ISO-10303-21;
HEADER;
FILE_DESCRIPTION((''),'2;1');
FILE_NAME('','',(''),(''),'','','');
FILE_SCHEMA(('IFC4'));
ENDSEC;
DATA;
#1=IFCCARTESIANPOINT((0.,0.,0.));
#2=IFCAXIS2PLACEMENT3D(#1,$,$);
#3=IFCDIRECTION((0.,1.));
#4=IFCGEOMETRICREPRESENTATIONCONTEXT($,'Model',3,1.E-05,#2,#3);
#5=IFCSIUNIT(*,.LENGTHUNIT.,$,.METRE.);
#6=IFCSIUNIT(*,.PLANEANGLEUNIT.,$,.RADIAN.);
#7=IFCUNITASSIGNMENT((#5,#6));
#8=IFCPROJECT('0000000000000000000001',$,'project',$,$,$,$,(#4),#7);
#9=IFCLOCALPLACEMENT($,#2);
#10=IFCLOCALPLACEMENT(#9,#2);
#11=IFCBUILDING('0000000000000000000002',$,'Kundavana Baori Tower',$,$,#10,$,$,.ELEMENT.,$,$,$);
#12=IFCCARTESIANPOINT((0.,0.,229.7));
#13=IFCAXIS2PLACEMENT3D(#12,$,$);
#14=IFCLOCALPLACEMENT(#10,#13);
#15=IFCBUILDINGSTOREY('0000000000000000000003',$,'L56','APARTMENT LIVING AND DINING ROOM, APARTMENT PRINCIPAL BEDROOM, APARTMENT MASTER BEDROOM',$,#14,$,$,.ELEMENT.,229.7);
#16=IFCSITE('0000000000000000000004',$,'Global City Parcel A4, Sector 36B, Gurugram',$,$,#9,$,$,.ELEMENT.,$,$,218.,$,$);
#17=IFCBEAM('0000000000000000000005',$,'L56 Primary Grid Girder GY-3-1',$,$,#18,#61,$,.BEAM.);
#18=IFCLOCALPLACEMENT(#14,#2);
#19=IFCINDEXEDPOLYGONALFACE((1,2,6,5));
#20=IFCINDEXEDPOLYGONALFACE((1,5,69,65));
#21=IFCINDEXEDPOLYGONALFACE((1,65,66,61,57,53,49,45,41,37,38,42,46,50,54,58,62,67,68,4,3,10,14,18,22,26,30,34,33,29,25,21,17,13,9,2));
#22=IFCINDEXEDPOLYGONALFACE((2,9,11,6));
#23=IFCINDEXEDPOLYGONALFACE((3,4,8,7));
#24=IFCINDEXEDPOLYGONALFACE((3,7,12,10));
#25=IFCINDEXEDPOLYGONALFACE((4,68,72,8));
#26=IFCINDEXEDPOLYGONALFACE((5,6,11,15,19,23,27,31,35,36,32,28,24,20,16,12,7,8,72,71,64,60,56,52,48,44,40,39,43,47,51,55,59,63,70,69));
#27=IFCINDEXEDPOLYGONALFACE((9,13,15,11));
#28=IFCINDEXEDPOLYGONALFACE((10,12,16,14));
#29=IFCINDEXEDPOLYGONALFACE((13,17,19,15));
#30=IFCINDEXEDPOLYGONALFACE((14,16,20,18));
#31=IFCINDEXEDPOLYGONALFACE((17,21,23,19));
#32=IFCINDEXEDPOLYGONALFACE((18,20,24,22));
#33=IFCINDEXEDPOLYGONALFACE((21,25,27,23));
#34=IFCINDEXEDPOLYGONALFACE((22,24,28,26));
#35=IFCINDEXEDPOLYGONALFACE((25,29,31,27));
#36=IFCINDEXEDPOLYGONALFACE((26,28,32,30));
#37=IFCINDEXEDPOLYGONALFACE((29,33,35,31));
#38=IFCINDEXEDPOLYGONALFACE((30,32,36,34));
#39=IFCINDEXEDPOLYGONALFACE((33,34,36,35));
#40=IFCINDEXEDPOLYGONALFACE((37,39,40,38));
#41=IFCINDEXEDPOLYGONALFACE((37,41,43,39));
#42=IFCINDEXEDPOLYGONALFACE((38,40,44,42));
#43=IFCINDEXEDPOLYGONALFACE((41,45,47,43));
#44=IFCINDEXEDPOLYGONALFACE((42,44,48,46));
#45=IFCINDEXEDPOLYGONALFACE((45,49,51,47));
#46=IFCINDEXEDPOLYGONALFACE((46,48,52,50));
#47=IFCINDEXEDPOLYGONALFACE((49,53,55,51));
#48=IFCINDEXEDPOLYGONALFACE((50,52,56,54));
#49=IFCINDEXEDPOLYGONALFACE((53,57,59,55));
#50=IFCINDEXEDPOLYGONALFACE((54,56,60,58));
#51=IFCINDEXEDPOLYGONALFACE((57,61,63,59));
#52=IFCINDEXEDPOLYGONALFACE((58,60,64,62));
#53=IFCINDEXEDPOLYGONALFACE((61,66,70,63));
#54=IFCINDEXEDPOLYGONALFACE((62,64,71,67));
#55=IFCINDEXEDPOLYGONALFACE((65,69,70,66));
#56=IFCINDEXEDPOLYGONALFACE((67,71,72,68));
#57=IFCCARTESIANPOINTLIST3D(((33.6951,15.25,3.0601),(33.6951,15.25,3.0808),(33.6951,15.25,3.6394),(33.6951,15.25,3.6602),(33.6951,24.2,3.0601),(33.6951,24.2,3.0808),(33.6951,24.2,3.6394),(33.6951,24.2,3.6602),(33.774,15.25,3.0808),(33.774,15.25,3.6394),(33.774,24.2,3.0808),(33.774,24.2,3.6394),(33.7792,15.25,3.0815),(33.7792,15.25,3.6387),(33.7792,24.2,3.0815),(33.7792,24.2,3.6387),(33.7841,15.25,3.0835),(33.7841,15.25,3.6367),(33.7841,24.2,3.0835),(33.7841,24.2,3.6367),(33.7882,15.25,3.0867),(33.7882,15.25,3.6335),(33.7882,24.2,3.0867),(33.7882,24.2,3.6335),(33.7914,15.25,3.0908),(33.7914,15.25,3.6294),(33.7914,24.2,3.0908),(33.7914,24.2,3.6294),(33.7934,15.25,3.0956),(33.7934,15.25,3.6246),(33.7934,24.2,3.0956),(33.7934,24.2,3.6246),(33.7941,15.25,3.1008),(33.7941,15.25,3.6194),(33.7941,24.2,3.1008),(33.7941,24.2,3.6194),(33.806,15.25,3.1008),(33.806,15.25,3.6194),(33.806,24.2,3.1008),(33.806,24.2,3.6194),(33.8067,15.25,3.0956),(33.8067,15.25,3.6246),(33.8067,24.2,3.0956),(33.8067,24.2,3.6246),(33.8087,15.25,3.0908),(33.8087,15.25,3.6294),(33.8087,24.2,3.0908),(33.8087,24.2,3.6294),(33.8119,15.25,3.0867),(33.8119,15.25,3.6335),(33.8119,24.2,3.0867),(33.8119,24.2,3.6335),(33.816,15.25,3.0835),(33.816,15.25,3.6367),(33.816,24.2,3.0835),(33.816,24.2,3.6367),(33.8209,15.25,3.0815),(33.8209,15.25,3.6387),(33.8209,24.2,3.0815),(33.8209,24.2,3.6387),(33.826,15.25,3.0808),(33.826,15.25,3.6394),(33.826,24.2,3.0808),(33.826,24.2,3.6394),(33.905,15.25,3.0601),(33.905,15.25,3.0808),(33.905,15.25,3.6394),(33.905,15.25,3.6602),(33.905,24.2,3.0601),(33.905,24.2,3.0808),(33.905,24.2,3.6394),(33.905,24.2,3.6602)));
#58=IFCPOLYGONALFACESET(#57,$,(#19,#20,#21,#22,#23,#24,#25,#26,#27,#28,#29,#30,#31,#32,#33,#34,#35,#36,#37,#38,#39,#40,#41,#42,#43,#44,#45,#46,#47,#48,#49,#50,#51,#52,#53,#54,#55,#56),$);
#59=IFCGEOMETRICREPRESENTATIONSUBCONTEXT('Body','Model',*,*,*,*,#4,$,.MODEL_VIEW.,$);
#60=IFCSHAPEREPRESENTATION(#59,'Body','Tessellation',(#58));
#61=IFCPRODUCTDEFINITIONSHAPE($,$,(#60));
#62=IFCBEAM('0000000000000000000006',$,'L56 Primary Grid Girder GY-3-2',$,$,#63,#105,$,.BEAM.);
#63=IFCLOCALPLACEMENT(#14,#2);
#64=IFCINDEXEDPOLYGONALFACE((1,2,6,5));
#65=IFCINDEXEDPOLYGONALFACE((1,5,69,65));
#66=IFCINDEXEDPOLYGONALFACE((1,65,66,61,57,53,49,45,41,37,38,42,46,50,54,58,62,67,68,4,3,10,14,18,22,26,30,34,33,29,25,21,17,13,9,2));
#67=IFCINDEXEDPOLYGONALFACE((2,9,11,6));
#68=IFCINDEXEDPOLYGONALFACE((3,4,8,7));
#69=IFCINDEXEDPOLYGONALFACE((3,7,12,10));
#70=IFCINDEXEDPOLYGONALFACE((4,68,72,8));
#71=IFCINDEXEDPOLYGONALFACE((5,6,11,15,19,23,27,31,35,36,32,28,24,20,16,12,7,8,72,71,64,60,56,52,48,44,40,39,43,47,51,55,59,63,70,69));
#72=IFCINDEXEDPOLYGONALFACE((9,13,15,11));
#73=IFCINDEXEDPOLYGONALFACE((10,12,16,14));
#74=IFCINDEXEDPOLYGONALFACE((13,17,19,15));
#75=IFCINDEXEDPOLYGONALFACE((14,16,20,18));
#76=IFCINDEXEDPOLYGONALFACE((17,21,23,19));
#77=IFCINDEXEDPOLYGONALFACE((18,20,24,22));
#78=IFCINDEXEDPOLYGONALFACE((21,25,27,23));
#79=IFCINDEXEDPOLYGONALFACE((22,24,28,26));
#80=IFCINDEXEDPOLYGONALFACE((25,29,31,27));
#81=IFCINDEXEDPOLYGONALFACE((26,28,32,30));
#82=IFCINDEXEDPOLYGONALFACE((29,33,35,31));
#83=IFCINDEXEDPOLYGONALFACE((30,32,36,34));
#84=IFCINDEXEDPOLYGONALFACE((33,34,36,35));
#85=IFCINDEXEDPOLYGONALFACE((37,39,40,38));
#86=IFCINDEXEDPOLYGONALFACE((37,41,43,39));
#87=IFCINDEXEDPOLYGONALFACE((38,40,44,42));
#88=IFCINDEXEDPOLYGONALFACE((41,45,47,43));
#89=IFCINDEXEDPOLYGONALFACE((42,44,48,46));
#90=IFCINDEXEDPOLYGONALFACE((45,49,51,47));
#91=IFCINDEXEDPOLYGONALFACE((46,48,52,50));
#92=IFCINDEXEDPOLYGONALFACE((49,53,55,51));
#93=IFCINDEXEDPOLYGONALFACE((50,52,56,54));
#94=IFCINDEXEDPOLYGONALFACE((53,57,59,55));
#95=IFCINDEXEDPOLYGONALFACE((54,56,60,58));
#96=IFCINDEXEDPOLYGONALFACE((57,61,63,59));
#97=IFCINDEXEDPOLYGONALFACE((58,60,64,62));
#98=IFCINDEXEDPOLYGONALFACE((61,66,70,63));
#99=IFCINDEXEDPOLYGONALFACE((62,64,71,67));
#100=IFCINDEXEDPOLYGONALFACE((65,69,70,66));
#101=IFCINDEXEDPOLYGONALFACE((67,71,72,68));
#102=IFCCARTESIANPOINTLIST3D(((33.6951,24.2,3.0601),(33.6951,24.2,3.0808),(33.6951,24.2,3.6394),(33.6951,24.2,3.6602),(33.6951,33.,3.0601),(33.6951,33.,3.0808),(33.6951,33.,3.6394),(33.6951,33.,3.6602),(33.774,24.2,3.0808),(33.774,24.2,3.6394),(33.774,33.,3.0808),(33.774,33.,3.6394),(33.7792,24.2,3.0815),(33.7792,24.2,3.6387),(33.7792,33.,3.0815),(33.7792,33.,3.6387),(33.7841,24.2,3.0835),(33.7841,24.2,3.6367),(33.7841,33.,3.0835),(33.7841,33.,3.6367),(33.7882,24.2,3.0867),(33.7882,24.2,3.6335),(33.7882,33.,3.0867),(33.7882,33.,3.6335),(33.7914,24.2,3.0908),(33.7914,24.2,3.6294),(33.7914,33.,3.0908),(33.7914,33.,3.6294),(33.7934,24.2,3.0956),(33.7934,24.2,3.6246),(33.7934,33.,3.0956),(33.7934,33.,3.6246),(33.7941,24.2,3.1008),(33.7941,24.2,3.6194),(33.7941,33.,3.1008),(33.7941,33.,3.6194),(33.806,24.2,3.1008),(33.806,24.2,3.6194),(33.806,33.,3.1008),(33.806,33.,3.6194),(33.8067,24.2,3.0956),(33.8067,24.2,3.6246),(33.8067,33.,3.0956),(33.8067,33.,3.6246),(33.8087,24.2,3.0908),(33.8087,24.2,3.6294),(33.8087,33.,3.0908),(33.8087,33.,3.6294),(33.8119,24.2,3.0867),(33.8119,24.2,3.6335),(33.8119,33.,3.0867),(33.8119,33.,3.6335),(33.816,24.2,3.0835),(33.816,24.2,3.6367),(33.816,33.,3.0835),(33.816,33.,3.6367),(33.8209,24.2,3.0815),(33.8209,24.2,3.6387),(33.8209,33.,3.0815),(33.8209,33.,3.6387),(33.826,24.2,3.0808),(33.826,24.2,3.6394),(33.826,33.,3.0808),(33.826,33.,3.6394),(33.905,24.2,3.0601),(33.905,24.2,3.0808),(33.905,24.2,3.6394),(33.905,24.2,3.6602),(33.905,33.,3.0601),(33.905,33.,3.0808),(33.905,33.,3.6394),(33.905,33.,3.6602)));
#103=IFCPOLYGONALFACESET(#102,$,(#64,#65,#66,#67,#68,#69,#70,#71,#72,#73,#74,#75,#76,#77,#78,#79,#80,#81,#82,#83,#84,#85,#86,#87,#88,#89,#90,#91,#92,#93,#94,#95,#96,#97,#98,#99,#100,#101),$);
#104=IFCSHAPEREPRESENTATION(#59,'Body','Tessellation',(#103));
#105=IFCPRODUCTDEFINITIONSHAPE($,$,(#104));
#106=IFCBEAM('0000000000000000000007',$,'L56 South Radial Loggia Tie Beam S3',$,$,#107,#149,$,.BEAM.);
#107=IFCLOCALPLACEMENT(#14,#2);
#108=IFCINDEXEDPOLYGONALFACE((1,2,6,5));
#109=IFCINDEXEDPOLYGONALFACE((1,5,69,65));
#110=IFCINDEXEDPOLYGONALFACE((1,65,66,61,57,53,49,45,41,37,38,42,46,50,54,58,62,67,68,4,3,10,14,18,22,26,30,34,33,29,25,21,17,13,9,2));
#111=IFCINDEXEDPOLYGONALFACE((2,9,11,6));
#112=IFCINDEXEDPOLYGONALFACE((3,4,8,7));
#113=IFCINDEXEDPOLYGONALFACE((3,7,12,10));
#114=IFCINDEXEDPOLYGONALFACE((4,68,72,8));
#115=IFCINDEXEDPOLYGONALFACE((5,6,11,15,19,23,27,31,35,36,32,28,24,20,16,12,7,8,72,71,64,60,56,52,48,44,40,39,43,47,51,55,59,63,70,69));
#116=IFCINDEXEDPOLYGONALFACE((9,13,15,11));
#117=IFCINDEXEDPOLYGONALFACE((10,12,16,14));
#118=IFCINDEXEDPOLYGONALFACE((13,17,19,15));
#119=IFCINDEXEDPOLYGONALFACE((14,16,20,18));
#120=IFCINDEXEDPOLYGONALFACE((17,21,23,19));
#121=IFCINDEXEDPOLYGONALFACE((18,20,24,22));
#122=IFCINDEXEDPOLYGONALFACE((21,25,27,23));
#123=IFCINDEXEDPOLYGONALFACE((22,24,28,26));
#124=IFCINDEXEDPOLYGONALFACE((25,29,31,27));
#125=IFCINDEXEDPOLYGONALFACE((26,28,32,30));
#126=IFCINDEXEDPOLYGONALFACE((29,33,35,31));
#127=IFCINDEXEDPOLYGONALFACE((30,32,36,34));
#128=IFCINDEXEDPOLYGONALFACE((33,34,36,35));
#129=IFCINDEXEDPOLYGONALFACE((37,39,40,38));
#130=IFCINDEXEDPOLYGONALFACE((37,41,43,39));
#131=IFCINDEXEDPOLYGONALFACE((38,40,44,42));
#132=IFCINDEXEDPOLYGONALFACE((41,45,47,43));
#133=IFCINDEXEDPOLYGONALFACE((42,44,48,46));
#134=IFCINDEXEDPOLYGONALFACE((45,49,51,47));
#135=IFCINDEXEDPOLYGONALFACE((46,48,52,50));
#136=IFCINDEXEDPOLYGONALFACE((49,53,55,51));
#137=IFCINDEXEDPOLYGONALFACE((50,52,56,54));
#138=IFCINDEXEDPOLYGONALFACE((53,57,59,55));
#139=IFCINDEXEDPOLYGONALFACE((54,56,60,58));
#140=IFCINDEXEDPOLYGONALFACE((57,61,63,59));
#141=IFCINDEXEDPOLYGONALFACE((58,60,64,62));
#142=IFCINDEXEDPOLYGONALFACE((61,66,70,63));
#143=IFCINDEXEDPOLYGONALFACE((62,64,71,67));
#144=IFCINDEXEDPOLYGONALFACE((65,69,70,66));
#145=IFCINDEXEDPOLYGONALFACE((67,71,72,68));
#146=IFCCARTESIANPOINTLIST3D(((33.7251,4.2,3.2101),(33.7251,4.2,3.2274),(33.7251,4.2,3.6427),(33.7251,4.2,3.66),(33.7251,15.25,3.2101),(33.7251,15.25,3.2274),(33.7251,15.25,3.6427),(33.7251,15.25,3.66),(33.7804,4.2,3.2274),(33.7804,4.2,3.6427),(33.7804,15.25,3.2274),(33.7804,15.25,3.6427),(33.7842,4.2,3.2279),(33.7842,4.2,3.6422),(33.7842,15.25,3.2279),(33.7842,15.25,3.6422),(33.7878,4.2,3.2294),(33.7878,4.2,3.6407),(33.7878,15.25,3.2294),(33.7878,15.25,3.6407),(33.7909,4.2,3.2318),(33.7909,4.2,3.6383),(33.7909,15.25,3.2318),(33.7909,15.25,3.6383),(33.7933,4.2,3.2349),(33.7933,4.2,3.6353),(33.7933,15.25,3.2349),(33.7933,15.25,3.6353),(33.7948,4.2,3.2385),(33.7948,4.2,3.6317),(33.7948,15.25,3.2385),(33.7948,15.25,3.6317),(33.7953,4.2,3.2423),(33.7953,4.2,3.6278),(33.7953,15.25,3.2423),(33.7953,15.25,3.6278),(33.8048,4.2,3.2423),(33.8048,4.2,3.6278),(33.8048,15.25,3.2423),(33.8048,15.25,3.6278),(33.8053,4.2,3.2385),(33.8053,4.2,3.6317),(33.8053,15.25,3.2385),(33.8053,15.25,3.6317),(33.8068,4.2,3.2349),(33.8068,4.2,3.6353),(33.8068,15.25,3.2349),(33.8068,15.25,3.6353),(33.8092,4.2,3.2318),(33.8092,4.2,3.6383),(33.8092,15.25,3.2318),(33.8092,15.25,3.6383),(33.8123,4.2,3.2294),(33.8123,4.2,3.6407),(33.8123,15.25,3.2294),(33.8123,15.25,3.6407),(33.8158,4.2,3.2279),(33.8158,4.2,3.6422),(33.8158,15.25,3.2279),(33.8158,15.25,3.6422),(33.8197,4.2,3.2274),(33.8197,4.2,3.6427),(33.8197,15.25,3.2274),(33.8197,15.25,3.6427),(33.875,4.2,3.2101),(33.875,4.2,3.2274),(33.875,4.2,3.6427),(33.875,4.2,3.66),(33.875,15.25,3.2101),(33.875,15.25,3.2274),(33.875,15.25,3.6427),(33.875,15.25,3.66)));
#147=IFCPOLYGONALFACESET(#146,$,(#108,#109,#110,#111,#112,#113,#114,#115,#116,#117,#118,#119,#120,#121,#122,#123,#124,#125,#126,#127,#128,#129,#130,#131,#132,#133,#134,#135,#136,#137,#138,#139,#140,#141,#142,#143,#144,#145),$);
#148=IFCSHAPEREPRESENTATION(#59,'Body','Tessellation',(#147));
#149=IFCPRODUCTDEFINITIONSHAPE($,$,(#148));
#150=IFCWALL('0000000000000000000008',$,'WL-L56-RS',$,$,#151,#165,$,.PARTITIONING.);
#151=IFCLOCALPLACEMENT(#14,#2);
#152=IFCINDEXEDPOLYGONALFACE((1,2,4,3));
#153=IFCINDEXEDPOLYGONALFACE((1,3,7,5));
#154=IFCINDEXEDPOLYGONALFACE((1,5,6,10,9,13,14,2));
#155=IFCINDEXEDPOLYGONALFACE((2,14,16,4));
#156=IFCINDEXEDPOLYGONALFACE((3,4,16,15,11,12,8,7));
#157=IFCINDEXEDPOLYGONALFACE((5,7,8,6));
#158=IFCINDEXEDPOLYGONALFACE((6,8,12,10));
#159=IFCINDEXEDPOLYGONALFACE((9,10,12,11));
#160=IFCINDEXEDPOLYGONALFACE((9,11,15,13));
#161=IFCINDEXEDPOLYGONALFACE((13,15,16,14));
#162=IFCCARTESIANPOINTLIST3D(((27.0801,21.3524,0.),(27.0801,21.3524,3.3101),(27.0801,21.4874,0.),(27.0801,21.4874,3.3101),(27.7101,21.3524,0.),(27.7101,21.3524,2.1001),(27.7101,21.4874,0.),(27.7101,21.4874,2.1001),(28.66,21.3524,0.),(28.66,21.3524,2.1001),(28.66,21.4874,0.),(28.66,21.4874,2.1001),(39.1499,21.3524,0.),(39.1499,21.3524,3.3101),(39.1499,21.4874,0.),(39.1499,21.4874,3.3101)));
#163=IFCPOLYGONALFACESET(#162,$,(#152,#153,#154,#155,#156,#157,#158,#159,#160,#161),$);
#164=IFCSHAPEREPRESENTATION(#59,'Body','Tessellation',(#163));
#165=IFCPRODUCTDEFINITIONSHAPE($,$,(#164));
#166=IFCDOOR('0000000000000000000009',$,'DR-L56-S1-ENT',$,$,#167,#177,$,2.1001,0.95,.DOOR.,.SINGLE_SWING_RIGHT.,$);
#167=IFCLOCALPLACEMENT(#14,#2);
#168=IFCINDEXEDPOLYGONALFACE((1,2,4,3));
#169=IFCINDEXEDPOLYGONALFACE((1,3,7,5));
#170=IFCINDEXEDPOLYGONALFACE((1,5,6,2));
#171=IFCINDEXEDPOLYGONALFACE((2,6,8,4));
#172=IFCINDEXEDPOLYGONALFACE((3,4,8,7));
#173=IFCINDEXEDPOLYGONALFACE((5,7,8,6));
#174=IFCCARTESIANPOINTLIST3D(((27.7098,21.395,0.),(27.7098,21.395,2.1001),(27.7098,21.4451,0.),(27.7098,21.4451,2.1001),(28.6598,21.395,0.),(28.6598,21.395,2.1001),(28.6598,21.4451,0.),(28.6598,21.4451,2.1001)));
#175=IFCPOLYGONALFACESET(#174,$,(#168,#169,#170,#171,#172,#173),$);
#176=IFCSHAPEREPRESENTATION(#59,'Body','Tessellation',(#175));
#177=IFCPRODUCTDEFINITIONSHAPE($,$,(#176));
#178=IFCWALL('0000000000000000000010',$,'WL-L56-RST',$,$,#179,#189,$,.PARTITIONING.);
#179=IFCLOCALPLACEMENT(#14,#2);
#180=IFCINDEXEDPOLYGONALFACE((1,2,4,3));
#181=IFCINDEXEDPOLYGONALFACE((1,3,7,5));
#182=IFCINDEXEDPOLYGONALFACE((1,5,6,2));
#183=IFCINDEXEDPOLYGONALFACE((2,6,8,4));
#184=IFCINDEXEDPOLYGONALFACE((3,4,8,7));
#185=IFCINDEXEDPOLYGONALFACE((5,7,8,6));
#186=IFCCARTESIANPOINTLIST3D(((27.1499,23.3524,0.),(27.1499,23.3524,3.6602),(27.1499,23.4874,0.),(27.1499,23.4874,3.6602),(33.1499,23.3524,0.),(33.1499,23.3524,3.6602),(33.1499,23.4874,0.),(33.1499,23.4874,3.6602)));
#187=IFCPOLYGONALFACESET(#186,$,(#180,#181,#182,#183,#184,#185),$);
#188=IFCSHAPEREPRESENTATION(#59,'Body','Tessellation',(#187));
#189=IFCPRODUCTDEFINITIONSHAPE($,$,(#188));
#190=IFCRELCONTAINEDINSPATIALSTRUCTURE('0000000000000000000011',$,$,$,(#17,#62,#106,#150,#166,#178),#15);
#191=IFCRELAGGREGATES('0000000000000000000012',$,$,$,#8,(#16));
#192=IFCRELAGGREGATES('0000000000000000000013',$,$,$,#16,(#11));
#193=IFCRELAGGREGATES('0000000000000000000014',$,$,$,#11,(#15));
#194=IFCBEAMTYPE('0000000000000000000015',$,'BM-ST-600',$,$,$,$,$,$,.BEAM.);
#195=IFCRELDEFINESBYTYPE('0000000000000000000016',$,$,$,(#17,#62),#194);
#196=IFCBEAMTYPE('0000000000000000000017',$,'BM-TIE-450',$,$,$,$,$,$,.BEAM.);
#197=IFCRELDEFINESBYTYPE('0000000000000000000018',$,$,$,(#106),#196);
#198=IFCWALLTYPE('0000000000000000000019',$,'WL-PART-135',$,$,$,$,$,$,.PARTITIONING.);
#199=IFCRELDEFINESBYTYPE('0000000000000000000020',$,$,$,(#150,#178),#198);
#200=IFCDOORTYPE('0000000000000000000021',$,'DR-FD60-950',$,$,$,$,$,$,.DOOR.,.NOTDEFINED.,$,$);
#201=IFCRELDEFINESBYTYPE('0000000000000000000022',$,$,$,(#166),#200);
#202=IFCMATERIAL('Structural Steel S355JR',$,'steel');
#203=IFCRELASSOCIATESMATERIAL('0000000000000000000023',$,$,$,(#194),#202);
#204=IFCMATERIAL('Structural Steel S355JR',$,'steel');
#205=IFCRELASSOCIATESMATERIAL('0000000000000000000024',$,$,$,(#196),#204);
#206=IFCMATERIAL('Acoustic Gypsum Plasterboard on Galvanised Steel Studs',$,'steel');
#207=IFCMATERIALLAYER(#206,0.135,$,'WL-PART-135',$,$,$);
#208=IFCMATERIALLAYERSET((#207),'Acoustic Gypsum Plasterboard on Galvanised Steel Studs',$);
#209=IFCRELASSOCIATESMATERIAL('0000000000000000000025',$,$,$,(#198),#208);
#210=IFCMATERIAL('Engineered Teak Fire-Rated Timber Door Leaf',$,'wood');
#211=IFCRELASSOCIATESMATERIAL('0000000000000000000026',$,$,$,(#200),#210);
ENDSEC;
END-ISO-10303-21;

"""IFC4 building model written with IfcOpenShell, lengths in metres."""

from ifc_helpers import new_model, si_unit, direction, frame, frame_2d, origin, origin_2d, place, context, subcontext, project, spatial, rectangle, i_section, extrude, material, layer, layer_set, material_profile, profile_set, type_object, element, fill, save


model = new_model("IFC4")

# Units and contexts
model_context = context("Model", 3, precision=1e-05, world=origin(), true_north=direction((0.0, 1.0)))
body_context = subcontext(model_context, "Body", "Model", "MODEL_VIEW")
ifc_project = project(units=[si_unit("LENGTHUNIT", "METRE"), si_unit("PLANEANGLEUNIT", "RADIAN")], contexts=[model_context])

# Site, building, storey
site_placement = place(None, origin())
site = spatial("IfcSite", under=ifc_project, at=site_placement, Name="Global City Parcel A4, Sector 36B, Gurugram", CompositionType="ELEMENT", RefElevation=218.0)
building_placement = place(site_placement, origin())
building = spatial("IfcBuilding", under=site, at=building_placement, Name="Kundavana Baori Tower", CompositionType="ELEMENT")
storey_placement = place(building_placement, frame((0.0, 0.0, 229.7)))
storey = spatial("IfcBuildingStorey", under=building, at=storey_placement, Name="L56", Description="APARTMENT LIVING AND DINING ROOM, APARTMENT PRINCIPAL BEDROOM, APARTMENT MASTER BEDROOM", CompositionType="ELEMENT", Elevation=229.7)

# Beams
ifc_material_1 = material(Name="Structural Steel S355JR", Category="steel")
ifc_material_profile_1 = material_profile(ifc_material_1, i_section(OverallWidth=0.21, OverallDepth=0.6001, WebThickness=0.012, FlangeThickness=0.0208, FilletRadius=0.02, at=origin_2d()), Name="ISMB 600")
ifc_profile_set_1 = profile_set([ifc_material_profile_1], Name="Structural Steel S355JR")
beam_type_1 = type_object("IfcBeamType", Name="BM-ST-600", PredefinedType="BEAM", material=ifc_profile_set_1)
beam_1_placement = place(storey_placement, frame((33.8, 15.25, 3.3601), z_axis=(0.0, 1.0, 0.0), x_axis=(-1.0, 0.0, 0.0)))
element("IfcBeam", 1, at=beam_1_placement, inside=storey, type_object=beam_type_1, Name="L56 Primary Grid Girder GY-3-1", PredefinedType="BEAM", context=body_context, shape_type="SweptSolid", body=[
    extrude(i_section(OverallWidth=0.21, OverallDepth=0.6001, WebThickness=0.012, FlangeThickness=0.0208, FilletRadius=0.02, at=origin_2d()), origin(), (0.0, 0.0, 1.0), 8.95),
])
beam_2_placement = place(storey_placement, frame((33.8, 24.2, 3.3601), z_axis=(0.0, 1.0, 0.0), x_axis=(-1.0, 0.0, 0.0)))
element("IfcBeam", 2, at=beam_2_placement, inside=storey, type_object=beam_type_1, Name="L56 Primary Grid Girder GY-3-2", PredefinedType="BEAM", context=body_context, shape_type="SweptSolid", body=[
    extrude(i_section(OverallWidth=0.21, OverallDepth=0.6001, WebThickness=0.012, FlangeThickness=0.0208, FilletRadius=0.02, at=origin_2d()), origin(), (0.0, 0.0, 1.0), 8.8),
])
ifc_material_2 = material(Name="Structural Steel S355JR", Category="steel")
ifc_material_profile_2 = material_profile(ifc_material_2, i_section(OverallWidth=0.1499, OverallDepth=0.45, WebThickness=0.0095, FlangeThickness=0.0173, FilletRadius=0.0149, at=origin_2d()), Name="ISMB 450")
ifc_profile_set_2 = profile_set([ifc_material_profile_2], Name="Structural Steel S355JR")
beam_type_2 = type_object("IfcBeamType", Name="BM-TIE-450", PredefinedType="BEAM", material=ifc_profile_set_2)
beam_3_placement = place(storey_placement, frame((33.8, 15.25, 3.4351), z_axis=(0.0, -1.0, 0.0), x_axis=(1.0, 0.0, 0.0)))
element("IfcBeam", 3, at=beam_3_placement, inside=storey, type_object=beam_type_2, Name="L56 South Radial Loggia Tie Beam S3", PredefinedType="BEAM", context=body_context, shape_type="SweptSolid", body=[
    extrude(i_section(OverallWidth=0.1499, OverallDepth=0.45, WebThickness=0.0095, FlangeThickness=0.0173, FilletRadius=0.0149, at=origin_2d()), origin(), (0.0, 0.0, 1.0), 11.05),
])

# Wall, opening, door
ifc_material_3 = material(Name="Acoustic Gypsum Plasterboard on Galvanised Steel Studs", Category="steel")
ifc_layer = layer(ifc_material_3, 0.135, Name="WL-PART-135")
ifc_layer_set = layer_set([ifc_layer], Name="Acoustic Gypsum Plasterboard on Galvanised Steel Studs")
wall_type = type_object("IfcWallType", Name="WL-PART-135", PredefinedType="PARTITIONING", material=ifc_layer_set)
wall_1_placement = place(storey_placement, frame((27.0801, 21.4199, 0.0), z_axis=(0.0, 0.0, 1.0), x_axis=(1.0, 0.0, 0.0)))
wall_1 = element("IfcWall", 4, at=wall_1_placement, inside=storey, type_object=wall_type, Name="WL-L56-RS", PredefinedType="PARTITIONING", context=body_context, shape_type="SweptSolid", body=[
    extrude(rectangle(XDim=12.0698, YDim=0.135, at=frame_2d((6.0349, 0.0))), origin(), (0.0, 0.0, 1.0), 3.3101),
])
opening_1_placement = place(wall_1_placement, frame((0.6299, 0.0, 0.0)))
opening_1 = element("IfcOpeningElement", 5, at=opening_1_placement, cuts=wall_1, PredefinedType="OPENING", context=body_context, shape_type="SweptSolid", body=[
    extrude(rectangle(XDim=0.95, YDim=2.1001, at=frame_2d((0.4751, 1.05))), frame((0.0, 0.0776, 0.0), z_axis=(0.0, -1.0, 0.0), x_axis=(1.0, 0.0, 0.0)), (0.0, 0.0, 1.0), 0.155),
])
ifc_material_4 = material(Name="Engineered Teak Fire-Rated Timber Door Leaf", Category="wood")
door_type_1 = type_object("IfcDoorType", Name="DR-FD60-950", OperationType="NOTDEFINED", PredefinedType="DOOR", material=ifc_material_4)
door_1_placement = place(opening_1_placement, frame((0.95, 0.0, 0.0), z_axis=(0.0, 0.0, 1.0), x_axis=(-1.0, 0.0, 0.0)))
door_1 = element("IfcDoor", 6, at=door_1_placement, inside=storey, type_object=door_type_1, Name="DR-L56-S1-ENT", OperationType="SINGLE_SWING_RIGHT", OverallHeight=2.1001, OverallWidth=0.95, PredefinedType="DOOR", context=body_context, shape_type="SweptSolid", body=[
    extrude(rectangle(XDim=0.95, YDim=2.1001, at=frame_2d((0.4751, 1.05))), frame((0.0, 0.0249, 0.0), z_axis=(0.0, -1.0, 0.0), x_axis=(1.0, 0.0, 0.0)), (0.0, 0.0, 1.0), 0.05),
])
fill(opening_1, door_1)

# Wall
wall_2_placement = place(storey_placement, frame((27.1499, 23.4199, 0.0), z_axis=(0.0, 0.0, 1.0), x_axis=(1.0, 0.0, 0.0)))
element("IfcWall", 7, at=wall_2_placement, inside=storey, type_object=wall_type, Name="WL-L56-RST", PredefinedType="PARTITIONING", context=body_context, shape_type="SweptSolid", body=[
    extrude(rectangle(XDim=6.0, YDim=0.135, at=frame_2d((3.0, 0.0))), origin(), (0.0, 0.0, 1.0), 3.6602),
])

save(model, "model.ifc")
